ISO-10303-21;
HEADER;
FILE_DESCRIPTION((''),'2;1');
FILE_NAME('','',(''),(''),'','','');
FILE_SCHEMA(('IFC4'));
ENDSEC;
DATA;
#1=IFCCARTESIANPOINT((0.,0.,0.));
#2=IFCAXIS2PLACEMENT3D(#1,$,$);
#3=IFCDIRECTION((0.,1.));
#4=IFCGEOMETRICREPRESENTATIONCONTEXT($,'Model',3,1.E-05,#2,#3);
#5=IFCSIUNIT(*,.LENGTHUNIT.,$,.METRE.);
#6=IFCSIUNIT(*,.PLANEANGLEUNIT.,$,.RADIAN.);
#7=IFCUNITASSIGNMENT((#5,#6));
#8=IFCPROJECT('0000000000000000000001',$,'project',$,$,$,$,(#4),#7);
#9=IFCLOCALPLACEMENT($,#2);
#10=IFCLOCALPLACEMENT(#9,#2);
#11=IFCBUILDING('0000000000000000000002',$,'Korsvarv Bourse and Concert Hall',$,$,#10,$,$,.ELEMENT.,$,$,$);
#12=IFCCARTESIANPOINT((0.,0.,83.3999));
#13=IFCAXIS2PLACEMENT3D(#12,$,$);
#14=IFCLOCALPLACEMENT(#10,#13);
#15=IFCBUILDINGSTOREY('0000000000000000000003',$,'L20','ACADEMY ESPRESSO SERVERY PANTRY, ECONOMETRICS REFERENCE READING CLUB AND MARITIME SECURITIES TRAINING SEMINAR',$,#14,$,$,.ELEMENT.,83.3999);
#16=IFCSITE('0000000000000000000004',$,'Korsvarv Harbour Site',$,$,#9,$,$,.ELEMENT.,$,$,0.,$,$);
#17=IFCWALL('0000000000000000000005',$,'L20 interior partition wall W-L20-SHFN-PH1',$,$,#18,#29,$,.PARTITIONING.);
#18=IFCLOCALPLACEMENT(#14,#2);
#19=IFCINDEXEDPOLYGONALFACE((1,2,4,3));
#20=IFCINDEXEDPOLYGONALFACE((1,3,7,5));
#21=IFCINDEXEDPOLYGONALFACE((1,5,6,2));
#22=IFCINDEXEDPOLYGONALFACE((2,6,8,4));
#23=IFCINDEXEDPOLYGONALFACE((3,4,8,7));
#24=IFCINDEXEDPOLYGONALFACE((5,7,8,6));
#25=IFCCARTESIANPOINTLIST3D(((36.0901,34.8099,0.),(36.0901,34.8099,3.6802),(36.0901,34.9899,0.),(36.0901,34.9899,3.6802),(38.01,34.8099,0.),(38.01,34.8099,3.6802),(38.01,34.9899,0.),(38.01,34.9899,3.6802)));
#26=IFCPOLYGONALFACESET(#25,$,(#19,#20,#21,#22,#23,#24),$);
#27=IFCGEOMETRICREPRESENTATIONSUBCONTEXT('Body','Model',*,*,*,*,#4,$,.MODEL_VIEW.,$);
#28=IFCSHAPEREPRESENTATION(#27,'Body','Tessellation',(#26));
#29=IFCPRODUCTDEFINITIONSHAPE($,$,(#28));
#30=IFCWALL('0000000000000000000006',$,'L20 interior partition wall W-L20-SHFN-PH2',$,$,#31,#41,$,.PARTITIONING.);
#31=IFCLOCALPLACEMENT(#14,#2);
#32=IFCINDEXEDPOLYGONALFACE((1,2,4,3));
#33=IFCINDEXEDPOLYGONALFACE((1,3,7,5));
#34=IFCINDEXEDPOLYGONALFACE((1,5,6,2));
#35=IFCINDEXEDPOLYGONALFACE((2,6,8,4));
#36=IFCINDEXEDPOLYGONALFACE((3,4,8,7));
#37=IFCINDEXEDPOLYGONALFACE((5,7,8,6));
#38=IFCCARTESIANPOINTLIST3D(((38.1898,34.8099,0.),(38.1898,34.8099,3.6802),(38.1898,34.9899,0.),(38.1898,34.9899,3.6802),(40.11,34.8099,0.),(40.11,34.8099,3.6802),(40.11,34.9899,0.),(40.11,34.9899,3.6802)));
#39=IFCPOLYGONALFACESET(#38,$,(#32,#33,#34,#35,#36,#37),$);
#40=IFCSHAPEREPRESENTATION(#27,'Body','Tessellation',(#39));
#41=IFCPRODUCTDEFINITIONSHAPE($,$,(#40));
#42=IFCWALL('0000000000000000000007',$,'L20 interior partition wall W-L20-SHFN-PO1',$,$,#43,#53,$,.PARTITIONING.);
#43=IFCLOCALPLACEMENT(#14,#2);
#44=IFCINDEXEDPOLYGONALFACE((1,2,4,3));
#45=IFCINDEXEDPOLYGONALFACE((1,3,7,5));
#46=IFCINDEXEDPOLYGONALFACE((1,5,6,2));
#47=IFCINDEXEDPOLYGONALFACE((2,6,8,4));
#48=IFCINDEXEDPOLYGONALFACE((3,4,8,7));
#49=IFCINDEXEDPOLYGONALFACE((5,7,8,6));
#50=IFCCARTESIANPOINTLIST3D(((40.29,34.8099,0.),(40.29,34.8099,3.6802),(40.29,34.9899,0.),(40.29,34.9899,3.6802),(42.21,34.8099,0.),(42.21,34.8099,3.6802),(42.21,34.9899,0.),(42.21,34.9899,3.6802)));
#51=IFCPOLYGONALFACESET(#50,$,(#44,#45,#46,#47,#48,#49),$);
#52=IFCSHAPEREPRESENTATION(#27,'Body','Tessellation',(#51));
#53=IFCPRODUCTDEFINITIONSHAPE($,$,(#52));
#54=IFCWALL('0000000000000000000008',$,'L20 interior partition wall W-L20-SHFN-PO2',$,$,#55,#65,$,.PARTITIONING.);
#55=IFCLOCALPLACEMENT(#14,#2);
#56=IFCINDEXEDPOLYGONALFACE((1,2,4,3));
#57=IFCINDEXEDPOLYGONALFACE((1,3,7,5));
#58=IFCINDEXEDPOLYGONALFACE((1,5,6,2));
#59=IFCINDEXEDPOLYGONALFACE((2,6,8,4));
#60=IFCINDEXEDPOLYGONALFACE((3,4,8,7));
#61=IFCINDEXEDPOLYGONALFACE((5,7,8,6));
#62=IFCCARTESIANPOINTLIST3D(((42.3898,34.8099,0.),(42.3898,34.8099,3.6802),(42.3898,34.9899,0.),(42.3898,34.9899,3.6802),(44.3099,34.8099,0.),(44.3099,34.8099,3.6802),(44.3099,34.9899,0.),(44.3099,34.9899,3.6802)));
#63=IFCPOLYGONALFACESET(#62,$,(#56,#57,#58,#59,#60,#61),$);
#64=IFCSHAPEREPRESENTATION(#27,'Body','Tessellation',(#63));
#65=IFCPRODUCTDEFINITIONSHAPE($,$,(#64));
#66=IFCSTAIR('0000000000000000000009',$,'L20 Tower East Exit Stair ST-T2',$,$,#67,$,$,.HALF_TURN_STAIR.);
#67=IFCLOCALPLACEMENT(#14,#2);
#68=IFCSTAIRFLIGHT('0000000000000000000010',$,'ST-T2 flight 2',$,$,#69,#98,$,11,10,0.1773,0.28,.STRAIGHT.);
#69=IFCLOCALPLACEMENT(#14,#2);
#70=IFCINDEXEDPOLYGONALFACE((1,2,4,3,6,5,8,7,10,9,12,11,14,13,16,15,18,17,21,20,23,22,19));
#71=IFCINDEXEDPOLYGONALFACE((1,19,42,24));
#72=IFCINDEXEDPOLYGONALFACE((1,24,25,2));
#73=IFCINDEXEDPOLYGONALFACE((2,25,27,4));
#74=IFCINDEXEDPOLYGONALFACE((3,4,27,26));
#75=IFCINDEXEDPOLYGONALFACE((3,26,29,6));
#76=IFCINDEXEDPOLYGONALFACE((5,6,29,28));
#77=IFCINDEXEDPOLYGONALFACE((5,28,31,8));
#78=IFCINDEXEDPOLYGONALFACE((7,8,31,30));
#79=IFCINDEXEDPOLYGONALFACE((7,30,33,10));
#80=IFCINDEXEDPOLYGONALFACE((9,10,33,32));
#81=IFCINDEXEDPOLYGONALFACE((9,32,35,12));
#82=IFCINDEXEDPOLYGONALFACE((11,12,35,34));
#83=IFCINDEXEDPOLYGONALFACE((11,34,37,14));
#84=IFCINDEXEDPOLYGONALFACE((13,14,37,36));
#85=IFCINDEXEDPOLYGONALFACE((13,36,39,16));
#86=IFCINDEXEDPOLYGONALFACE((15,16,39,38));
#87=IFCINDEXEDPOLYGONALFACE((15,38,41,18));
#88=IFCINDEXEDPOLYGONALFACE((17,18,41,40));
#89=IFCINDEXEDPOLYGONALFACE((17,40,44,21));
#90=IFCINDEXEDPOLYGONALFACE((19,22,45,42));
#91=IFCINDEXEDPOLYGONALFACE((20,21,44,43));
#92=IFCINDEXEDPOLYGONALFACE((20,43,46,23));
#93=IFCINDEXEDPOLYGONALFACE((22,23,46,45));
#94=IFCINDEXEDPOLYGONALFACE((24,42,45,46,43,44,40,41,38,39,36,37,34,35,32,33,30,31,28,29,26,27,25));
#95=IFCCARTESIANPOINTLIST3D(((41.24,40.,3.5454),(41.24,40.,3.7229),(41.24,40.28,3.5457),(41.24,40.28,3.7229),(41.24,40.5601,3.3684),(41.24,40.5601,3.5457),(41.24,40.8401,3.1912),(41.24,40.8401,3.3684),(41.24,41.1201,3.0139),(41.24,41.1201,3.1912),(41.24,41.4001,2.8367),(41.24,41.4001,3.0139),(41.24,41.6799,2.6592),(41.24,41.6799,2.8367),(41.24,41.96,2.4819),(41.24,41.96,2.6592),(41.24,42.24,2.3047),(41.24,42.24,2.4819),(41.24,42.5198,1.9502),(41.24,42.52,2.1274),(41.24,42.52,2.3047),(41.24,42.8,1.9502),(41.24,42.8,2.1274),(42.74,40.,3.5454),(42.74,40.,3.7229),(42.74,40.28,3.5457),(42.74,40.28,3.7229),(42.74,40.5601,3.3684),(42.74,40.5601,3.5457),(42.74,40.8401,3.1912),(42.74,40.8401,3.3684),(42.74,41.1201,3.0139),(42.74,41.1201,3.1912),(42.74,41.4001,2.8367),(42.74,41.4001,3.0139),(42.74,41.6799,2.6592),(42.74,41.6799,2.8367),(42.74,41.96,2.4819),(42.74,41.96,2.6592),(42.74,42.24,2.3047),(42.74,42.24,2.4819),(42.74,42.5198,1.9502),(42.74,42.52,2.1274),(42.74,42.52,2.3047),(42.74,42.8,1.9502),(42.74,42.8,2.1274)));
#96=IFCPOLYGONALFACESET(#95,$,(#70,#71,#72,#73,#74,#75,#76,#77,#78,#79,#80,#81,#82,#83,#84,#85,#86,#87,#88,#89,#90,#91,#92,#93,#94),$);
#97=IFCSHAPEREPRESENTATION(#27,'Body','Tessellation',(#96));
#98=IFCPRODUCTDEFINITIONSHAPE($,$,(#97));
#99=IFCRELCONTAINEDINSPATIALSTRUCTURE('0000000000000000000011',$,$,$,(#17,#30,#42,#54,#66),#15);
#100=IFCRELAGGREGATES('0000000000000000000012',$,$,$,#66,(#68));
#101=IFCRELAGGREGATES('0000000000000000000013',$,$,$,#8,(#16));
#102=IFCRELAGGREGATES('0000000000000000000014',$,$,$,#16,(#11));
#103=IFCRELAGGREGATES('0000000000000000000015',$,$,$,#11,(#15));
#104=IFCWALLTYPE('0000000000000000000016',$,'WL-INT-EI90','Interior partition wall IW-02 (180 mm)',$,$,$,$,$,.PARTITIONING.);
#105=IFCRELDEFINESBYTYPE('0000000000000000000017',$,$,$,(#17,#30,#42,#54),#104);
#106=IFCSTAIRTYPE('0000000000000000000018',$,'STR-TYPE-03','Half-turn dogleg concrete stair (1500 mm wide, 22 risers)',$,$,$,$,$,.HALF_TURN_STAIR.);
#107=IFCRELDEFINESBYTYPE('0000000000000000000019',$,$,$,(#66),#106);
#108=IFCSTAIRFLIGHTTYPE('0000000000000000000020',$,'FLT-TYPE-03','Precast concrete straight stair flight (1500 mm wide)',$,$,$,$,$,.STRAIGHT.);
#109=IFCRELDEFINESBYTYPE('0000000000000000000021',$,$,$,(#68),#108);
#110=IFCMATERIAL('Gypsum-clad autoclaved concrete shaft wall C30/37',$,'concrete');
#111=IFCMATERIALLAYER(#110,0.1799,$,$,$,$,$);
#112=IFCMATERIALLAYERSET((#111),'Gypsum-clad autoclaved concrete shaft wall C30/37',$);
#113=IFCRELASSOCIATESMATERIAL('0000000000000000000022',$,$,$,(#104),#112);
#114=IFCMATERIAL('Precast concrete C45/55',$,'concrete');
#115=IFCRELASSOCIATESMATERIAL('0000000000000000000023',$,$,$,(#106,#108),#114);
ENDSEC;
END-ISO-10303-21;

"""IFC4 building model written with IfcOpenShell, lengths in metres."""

from ifc_helpers import new_model, si_unit, direction, frame, frame_2d, origin, place, context, subcontext, project, spatial, polyline, rectangle, outline, extrude, material, layer, layer_set, type_object, element, aggregate, save


model = new_model("IFC4")

# Units and contexts
model_context = context("Model", 3, precision=1e-05, world=origin(), true_north=direction((0.0, 1.0)))
body_context = subcontext(model_context, "Body", "Model", "MODEL_VIEW")
ifc_project = project(units=[si_unit("LENGTHUNIT", "METRE"), si_unit("PLANEANGLEUNIT", "RADIAN")], contexts=[model_context])

# Site, building, storey
site_placement = place(None, origin())
site = spatial("IfcSite", under=ifc_project, at=site_placement, Name="Korsvarv Harbour Site", CompositionType="ELEMENT", RefElevation=0.0)
building_placement = place(site_placement, origin())
building = spatial("IfcBuilding", under=site, at=building_placement, Name="Korsvarv Bourse and Concert Hall", CompositionType="ELEMENT")
storey_placement = place(building_placement, frame((0.0, 0.0, 83.3999)))
storey = spatial("IfcBuildingStorey", under=building, at=storey_placement, Name="L20", Description="ACADEMY ESPRESSO SERVERY PANTRY, ECONOMETRICS REFERENCE READING CLUB AND MARITIME SECURITIES TRAINING SEMINAR", CompositionType="ELEMENT", Elevation=83.3999)

# Walls
ifc_material_1 = material(Name="Gypsum-clad autoclaved concrete shaft wall C30/37", Category="concrete")
ifc_layer_1 = layer(ifc_material_1, 0.1799)
ifc_layer_set_1 = layer_set([ifc_layer_1], Name="Gypsum-clad autoclaved concrete shaft wall C30/37")
wall_type_1 = type_object("IfcWallType", Name="WL-INT-EI90", Description="Interior partition wall IW-02 (180 mm)", PredefinedType="PARTITIONING", material=ifc_layer_set_1)
wall_1_placement = place(storey_placement, frame((36.0901, 34.8999, 0.0), z_axis=(0.0, 0.0, 1.0), x_axis=(1.0, 0.0, 0.0)))
element("IfcWall", 1, at=wall_1_placement, inside=storey, type_object=wall_type_1, Name="L20 interior partition wall W-L20-SHFN-PH1", PredefinedType="PARTITIONING", context=body_context, shape_type="SweptSolid", body=[
    extrude(rectangle(XDim=1.9199, YDim=0.1799, at=frame_2d((0.96, 0.0))), origin(), (0.0, 0.0, 1.0), 3.6802),
])
wall_2_placement = place(storey_placement, frame((38.1899, 34.8999, 0.0), z_axis=(0.0, 0.0, 1.0), x_axis=(1.0, 0.0, 0.0)))
element("IfcWall", 2, at=wall_2_placement, inside=storey, type_object=wall_type_1, Name="L20 interior partition wall W-L20-SHFN-PH2", PredefinedType="PARTITIONING", context=body_context, shape_type="SweptSolid", body=[
    extrude(rectangle(XDim=1.9202, YDim=0.1799, at=frame_2d((0.96, 0.0))), origin(), (0.0, 0.0, 1.0), 3.6802),
])
wall_3_placement = place(storey_placement, frame((40.29, 34.8999, 0.0), z_axis=(0.0, 0.0, 1.0), x_axis=(1.0, 0.0, 0.0)))
element("IfcWall", 3, at=wall_3_placement, inside=storey, type_object=wall_type_1, Name="L20 interior partition wall W-L20-SHFN-PO1", PredefinedType="PARTITIONING", context=body_context, shape_type="SweptSolid", body=[
    extrude(rectangle(XDim=1.9199, YDim=0.1799, at=frame_2d((0.96, 0.0))), origin(), (0.0, 0.0, 1.0), 3.6802),
])
wall_4_placement = place(storey_placement, frame((42.3899, 34.8999, 0.0), z_axis=(0.0, 0.0, 1.0), x_axis=(1.0, 0.0, 0.0)))
element("IfcWall", 4, at=wall_4_placement, inside=storey, type_object=wall_type_1, Name="L20 interior partition wall W-L20-SHFN-PO2", PredefinedType="PARTITIONING", context=body_context, shape_type="SweptSolid", body=[
    extrude(rectangle(XDim=1.9202, YDim=0.1799, at=frame_2d((0.96, 0.0))), origin(), (0.0, 0.0, 1.0), 3.6802),
])

# Stair, stair flight
ifc_material_2 = material(Name="Precast concrete C45/55", Category="concrete")
stair_type = type_object("IfcStairType", Name="STR-TYPE-03", Description="Half-turn dogleg concrete stair (1500 mm wide, 22 risers)", PredefinedType="HALF_TURN_STAIR", material=ifc_material_2)
stair_placement = place(storey_placement, origin())
stair = element("IfcStair", 5, at=stair_placement, inside=storey, type_object=stair_type, Name="L20 Tower East Exit Stair ST-T2", PredefinedType="HALF_TURN_STAIR")
stair_flight_type = type_object("IfcStairFlightType", Name="FLT-TYPE-03", Description="Precast concrete straight stair flight (1500 mm wide)", PredefinedType="STRAIGHT", material=ifc_material_2)
stair_flight_placement = place(storey_placement, frame((41.99, 42.8, 1.9502), z_axis=(0.0, 0.0, 1.0), x_axis=(0.0, -1.0, 0.0)))
stair_flight = element("IfcStairFlight", 6, at=stair_flight_placement, type_object=stair_flight_type, Name="ST-T2 flight 2", NumberOfRisers=11, NumberOfTreads=10, PredefinedType="STRAIGHT", RiserHeight=0.1773, TreadLength=0.28, context=body_context, shape_type="SweptSolid", body=[
    extrude(outline(polyline([(0.0, 0.0), (0.0, 0.1772), (0.28, 0.1772), (0.28, 0.3545), (0.5601, 0.3545), (0.5601, 0.5317), (0.8401, 0.5317), (0.8401, 0.709), (1.1201, 0.709), (1.1201, 0.8865), (1.3999, 0.8865), (1.3999, 1.0637), (1.6799, 1.0637), (1.6799, 1.241), (1.96, 1.241), (1.96, 1.4182), (2.24, 1.4182), (2.24, 1.5955), (2.52, 1.5955), (2.52, 1.7727), (2.8, 1.7727), (2.8, 1.95), (2.8, 1.5952), (0.2803, 0.0), (0.0, 0.0)])), frame((0.0, 0.75, 0.0), z_axis=(0.0, -1.0, 0.0), x_axis=(1.0, 0.0, 0.0)), (0.0, 0.0, 1.0), 1.5),
])
aggregate(stair, [stair_flight])

save(model, "model.ifc")
